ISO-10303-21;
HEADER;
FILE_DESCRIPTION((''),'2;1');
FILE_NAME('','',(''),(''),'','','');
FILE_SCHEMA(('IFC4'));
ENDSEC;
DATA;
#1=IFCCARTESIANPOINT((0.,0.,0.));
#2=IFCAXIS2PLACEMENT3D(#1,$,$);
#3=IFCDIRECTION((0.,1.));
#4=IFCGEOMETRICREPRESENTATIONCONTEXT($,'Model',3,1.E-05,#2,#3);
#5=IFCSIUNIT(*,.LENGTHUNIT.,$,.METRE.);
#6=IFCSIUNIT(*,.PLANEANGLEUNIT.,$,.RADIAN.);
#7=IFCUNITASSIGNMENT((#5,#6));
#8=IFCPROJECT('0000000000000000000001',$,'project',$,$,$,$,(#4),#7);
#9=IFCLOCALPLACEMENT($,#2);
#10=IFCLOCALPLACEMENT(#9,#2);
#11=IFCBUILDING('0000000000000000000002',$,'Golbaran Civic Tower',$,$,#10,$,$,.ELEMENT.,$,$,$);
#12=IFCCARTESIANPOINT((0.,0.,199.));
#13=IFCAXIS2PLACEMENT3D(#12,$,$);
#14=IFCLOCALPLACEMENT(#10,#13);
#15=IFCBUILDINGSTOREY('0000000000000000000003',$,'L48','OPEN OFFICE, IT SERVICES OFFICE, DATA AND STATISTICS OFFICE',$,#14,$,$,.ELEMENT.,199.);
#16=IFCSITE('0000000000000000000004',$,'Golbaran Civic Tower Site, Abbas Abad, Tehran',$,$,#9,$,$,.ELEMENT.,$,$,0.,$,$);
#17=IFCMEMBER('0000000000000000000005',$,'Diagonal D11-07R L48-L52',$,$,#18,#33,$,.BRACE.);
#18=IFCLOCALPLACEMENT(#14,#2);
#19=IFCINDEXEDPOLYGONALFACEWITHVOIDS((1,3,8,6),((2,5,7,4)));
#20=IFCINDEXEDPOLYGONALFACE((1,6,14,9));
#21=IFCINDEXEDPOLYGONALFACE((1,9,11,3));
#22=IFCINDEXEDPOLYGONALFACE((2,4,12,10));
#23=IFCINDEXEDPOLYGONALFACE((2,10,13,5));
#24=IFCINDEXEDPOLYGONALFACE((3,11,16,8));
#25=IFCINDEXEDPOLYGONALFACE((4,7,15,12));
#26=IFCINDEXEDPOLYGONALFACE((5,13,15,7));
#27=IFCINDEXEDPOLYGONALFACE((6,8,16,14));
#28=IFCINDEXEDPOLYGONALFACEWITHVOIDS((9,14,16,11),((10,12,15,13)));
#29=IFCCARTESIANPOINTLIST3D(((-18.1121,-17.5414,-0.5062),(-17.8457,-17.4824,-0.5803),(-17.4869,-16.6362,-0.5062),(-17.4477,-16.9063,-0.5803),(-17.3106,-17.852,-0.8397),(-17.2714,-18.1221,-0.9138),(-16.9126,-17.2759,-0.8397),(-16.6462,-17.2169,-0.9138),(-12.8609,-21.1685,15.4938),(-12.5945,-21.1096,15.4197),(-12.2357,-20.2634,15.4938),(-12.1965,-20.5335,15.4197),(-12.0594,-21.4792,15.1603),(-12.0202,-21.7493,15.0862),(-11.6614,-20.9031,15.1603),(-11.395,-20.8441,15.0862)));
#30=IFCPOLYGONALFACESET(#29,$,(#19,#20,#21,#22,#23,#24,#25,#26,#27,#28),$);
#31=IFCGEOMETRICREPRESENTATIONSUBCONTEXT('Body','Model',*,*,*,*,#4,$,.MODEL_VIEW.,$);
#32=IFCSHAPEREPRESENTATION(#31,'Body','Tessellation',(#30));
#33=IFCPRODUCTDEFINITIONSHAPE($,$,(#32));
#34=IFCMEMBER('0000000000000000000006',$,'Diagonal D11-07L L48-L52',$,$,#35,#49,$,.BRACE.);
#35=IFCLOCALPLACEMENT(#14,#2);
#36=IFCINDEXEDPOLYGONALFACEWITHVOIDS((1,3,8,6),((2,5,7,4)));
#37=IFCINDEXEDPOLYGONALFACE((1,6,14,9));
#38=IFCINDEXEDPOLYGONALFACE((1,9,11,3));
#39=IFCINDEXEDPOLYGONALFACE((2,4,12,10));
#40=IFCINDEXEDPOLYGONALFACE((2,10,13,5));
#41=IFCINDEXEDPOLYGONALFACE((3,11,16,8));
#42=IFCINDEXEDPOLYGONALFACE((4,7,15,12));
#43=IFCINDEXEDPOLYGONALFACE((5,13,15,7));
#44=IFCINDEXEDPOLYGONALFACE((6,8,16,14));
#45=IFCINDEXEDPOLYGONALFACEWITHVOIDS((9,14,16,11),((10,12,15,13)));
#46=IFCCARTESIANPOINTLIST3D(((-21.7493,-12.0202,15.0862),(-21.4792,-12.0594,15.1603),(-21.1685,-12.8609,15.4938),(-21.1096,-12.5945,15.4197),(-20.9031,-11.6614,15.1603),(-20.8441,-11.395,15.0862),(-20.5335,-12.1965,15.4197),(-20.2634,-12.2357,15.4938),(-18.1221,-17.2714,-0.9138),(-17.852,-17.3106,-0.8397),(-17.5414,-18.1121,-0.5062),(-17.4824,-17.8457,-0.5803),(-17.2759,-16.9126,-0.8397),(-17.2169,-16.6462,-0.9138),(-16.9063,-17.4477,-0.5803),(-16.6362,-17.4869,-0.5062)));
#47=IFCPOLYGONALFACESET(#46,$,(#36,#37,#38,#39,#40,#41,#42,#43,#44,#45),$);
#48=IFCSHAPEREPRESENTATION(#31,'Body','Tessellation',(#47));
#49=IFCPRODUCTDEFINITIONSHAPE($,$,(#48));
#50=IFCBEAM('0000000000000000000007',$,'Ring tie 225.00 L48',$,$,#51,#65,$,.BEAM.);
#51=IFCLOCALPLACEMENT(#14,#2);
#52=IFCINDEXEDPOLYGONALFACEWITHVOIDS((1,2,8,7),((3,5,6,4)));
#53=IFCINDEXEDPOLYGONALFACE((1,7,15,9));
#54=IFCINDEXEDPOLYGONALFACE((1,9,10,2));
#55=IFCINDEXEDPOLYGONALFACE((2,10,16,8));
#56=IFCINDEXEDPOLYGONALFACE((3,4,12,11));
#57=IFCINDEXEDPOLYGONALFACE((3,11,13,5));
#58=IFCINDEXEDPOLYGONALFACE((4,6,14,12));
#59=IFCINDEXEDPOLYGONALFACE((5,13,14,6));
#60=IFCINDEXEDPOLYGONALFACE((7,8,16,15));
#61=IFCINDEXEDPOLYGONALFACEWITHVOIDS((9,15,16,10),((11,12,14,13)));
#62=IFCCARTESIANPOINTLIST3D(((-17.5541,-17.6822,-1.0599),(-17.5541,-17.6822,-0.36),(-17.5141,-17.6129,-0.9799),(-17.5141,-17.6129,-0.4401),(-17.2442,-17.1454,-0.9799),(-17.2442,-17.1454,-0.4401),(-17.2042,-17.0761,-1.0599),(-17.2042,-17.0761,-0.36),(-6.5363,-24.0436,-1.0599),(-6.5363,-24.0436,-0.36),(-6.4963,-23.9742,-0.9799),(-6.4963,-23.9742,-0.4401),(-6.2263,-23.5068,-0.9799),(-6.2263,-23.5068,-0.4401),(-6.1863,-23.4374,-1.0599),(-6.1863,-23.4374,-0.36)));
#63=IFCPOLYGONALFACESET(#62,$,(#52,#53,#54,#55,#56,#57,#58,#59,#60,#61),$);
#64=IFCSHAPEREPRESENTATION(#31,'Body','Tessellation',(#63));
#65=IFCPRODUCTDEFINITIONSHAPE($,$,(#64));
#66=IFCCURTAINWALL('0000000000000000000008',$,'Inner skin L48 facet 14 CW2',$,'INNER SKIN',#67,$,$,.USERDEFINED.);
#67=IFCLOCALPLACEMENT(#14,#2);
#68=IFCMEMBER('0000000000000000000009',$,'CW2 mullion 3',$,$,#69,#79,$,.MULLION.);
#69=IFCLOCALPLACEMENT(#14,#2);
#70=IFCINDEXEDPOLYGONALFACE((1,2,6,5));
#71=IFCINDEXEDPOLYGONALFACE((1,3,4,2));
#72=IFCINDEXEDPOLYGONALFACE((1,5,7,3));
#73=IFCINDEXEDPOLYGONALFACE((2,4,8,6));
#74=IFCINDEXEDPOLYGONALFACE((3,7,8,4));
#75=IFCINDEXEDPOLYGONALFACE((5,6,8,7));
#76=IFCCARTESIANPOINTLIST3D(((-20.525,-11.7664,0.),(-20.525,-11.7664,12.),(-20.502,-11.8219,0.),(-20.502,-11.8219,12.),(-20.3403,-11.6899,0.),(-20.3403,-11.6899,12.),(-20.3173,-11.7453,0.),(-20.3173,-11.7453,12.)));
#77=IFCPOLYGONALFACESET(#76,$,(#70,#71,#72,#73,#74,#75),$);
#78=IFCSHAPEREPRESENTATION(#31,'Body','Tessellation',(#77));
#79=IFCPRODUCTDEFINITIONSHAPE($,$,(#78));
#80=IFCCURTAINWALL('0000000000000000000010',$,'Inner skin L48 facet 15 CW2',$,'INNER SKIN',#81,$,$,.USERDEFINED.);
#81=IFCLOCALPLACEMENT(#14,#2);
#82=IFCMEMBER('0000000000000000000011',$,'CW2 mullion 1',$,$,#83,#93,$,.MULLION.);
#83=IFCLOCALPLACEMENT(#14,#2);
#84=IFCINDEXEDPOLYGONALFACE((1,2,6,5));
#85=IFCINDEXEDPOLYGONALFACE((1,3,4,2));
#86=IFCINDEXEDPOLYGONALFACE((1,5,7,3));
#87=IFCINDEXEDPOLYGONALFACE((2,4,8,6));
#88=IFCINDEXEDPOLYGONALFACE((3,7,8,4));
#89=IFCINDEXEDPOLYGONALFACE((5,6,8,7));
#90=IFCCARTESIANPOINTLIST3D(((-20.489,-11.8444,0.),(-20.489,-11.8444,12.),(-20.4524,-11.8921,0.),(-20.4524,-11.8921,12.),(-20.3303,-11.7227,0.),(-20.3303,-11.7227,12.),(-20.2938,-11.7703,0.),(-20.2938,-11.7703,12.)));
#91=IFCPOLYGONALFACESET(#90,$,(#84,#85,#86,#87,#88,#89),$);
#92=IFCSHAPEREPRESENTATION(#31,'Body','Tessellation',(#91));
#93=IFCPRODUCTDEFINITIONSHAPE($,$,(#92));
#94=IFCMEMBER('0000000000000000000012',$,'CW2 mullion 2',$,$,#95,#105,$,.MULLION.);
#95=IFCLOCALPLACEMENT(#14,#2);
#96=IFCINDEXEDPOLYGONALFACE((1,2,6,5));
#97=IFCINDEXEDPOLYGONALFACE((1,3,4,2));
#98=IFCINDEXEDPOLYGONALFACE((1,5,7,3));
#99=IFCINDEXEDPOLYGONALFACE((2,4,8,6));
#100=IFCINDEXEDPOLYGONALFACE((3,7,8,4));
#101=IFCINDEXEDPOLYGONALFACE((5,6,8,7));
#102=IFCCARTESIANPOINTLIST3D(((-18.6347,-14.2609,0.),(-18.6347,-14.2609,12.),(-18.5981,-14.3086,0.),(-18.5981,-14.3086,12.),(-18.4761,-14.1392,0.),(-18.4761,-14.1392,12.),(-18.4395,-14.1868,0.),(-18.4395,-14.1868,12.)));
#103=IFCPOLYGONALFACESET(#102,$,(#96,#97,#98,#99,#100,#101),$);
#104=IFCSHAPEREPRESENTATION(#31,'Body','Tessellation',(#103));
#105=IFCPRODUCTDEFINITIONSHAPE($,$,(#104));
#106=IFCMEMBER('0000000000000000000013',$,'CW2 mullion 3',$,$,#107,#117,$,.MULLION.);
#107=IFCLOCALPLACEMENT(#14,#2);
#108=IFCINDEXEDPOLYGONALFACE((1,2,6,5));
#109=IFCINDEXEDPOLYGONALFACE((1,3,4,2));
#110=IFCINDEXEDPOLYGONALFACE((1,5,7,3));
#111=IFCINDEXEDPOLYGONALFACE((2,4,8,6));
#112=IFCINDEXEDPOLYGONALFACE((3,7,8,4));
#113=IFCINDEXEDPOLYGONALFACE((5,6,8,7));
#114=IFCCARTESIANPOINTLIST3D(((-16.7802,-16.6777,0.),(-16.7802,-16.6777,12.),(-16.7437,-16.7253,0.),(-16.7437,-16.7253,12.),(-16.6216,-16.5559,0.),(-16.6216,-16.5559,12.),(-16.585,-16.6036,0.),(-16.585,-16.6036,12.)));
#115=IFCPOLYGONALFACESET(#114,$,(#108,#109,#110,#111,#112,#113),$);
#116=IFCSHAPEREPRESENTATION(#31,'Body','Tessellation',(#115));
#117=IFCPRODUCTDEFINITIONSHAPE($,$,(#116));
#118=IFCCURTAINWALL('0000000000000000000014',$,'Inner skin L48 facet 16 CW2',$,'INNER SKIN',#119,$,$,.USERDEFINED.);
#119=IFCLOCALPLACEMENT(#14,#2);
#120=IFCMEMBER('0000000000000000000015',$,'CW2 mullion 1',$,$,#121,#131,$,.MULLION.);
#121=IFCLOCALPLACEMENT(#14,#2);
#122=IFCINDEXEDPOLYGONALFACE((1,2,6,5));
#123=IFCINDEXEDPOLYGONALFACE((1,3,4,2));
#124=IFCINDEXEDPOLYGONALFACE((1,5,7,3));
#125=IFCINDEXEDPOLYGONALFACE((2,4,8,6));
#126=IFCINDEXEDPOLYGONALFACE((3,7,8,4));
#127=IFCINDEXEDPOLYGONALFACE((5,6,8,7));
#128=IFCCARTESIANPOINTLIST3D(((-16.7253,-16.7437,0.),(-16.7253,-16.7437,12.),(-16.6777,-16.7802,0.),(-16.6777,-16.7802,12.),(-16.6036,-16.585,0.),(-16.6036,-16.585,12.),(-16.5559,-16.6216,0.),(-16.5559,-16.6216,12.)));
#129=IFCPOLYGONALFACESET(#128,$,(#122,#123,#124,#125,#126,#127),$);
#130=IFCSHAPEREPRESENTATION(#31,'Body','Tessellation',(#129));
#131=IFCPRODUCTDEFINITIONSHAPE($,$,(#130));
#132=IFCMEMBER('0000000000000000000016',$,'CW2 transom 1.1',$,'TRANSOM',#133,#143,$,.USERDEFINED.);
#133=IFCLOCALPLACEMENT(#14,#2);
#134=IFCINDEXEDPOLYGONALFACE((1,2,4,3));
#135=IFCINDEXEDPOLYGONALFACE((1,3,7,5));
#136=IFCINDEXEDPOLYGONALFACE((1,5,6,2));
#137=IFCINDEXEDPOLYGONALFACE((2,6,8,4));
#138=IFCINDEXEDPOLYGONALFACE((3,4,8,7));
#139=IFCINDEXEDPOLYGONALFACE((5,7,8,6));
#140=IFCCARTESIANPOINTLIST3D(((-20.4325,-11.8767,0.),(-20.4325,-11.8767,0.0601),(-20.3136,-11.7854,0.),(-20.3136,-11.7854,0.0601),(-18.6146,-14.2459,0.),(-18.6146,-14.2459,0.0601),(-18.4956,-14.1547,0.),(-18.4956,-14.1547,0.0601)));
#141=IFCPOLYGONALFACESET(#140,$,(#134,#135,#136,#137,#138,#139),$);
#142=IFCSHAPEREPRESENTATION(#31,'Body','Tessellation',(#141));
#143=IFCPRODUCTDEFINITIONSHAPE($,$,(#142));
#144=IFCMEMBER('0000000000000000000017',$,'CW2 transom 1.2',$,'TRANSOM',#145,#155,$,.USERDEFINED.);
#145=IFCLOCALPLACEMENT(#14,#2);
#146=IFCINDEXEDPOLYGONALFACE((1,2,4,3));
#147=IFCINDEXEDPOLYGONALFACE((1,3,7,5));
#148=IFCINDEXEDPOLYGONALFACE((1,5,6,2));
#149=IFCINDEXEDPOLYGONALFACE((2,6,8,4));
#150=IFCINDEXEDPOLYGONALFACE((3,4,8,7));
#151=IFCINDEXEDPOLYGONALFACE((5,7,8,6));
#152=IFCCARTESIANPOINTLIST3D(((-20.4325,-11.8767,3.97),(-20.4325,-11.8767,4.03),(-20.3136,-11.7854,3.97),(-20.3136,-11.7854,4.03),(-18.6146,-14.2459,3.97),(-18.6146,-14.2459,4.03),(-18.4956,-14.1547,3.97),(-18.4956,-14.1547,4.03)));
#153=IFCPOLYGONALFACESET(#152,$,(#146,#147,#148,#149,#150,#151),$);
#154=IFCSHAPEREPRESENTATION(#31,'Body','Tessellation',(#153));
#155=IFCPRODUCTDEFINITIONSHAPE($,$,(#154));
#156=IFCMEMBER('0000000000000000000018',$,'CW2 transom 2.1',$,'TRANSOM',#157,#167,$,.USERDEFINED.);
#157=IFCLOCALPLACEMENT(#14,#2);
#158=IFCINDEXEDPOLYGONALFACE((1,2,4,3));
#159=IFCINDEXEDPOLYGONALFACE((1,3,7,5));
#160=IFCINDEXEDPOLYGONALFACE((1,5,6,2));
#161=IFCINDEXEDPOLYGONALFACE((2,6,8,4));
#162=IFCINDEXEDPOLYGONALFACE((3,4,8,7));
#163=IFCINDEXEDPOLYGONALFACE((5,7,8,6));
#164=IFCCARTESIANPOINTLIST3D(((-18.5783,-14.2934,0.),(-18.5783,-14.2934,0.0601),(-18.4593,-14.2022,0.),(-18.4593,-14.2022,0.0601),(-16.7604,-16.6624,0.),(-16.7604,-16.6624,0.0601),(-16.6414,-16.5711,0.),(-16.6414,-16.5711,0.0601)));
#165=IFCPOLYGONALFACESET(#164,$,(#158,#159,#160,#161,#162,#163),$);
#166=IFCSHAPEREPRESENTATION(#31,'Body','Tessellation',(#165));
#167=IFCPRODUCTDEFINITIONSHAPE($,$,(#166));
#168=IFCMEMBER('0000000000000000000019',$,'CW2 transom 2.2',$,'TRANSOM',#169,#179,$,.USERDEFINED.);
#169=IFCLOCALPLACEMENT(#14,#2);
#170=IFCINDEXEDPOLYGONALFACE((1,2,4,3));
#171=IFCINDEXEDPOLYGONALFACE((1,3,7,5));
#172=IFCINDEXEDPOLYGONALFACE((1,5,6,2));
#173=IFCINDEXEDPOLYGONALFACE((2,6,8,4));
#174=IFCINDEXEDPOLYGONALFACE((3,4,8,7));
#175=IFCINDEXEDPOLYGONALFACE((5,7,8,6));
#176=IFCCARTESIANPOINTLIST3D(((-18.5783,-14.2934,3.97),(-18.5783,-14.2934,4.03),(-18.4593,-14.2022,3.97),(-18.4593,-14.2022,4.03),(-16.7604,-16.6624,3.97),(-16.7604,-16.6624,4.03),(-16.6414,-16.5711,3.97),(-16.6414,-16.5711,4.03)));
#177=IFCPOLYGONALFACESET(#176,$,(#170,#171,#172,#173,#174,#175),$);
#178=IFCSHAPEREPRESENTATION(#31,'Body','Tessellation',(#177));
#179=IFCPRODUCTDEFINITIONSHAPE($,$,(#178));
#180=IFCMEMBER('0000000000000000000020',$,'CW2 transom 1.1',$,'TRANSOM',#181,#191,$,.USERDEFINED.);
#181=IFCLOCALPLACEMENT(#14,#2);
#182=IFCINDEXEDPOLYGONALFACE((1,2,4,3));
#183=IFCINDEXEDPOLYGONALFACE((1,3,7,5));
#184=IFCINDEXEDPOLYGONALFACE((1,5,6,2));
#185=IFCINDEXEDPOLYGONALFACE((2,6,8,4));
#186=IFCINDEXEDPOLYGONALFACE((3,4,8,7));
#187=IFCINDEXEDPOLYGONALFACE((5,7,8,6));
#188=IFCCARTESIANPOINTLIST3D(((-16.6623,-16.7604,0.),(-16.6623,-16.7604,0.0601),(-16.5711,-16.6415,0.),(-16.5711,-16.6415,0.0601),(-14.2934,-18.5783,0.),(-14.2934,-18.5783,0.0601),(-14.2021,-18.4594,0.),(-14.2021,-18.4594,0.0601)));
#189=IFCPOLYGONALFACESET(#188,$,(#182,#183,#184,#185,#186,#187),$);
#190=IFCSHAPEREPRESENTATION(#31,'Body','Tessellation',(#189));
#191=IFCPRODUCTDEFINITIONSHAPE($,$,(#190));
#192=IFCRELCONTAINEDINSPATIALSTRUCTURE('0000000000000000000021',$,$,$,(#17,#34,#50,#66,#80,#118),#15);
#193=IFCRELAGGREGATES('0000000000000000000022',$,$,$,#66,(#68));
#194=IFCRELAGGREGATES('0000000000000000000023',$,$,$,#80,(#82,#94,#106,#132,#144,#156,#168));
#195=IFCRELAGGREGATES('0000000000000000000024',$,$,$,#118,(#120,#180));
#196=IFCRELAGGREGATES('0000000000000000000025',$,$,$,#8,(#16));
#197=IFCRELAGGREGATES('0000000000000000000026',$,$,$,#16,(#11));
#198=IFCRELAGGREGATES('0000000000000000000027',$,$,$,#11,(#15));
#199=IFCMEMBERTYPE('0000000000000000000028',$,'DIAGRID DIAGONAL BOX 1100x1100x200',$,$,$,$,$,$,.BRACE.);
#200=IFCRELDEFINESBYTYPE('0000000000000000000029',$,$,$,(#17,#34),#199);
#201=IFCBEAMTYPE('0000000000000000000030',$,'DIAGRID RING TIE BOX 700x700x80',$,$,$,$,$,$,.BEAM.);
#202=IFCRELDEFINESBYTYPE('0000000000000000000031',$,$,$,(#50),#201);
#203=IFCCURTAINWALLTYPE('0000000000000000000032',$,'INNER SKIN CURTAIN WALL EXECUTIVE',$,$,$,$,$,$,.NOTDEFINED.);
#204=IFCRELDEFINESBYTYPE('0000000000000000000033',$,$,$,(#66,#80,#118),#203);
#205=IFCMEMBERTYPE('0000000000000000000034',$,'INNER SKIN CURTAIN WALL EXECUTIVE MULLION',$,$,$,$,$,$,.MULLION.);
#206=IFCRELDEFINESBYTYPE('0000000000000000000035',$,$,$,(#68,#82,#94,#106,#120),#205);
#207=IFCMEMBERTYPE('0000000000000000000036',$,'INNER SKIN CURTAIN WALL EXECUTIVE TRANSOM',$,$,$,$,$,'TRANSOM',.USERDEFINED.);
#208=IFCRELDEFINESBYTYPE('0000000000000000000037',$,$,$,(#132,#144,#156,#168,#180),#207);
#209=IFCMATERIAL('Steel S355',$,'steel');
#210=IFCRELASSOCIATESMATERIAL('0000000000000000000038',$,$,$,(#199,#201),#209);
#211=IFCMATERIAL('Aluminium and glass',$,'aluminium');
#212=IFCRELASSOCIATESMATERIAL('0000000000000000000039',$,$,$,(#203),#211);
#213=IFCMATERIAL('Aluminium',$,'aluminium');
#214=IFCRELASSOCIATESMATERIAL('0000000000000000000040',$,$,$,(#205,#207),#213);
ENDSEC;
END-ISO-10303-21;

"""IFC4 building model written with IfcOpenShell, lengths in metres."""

from ifc_helpers import new_model, si_unit, direction, frame, origin, origin_2d, place, context, subcontext, project, spatial, rectangle, hollow_rectangle, extrude, material, material_profile, profile_set, type_object, element, aggregate, save


model = new_model("IFC4")

# Units and contexts
model_context = context("Model", 3, precision=1e-05, world=origin(), true_north=direction((0.0, 1.0)))
body_context = subcontext(model_context, "Body", "Model", "MODEL_VIEW")
ifc_project = project(units=[si_unit("LENGTHUNIT", "METRE"), si_unit("PLANEANGLEUNIT", "RADIAN")], contexts=[model_context])

# Site, building, storey
site_placement = place(None, origin())
site = spatial("IfcSite", under=ifc_project, at=site_placement, Name="Golbaran Civic Tower Site, Abbas Abad, Tehran", CompositionType="ELEMENT", RefElevation=0.0)
building_placement = place(site_placement, origin())
building = spatial("IfcBuilding", under=site, at=building_placement, Name="Golbaran Civic Tower", CompositionType="ELEMENT")
storey_placement = place(building_placement, frame((0.0, 0.0, 199.0)))
storey = spatial("IfcBuildingStorey", under=building, at=storey_placement, Name="L48", Description="OPEN OFFICE, IT SERVICES OFFICE, DATA AND STATISTICS OFFICE", CompositionType="ELEMENT", Elevation=199.0)

# Members
ifc_material_1 = material(Name="Steel S355", Category="steel")
ifc_material_profile_1 = material_profile(ifc_material_1, hollow_rectangle(XDim=1.1001, YDim=1.1001, WallThickness=0.2, at=origin_2d()), Name="BOX 1100x1100x200")
ifc_profile_set_1 = profile_set([ifc_material_profile_1], Name="Steel S355")
member_type_1 = type_object("IfcMemberType", Name="DIAGRID DIAGONAL BOX 1100x1100x200", PredefinedType="BRACE", material=ifc_profile_set_1)
for number, where, z_axis, x_axis, name in (
    (1, (-17.3792, -17.3792, -0.71), (0.304844, -0.210566, 0.928834), (0.568334, 0.822798, 0.0), "Diagonal D11-07R L48-L52"),
    (2, (-17.3792, -17.3792, -0.71), (-0.210566, 0.304844, 0.928834), (-0.822798, -0.568334, 0.0), "Diagonal D11-07L L48-L52"),
):
    element("IfcMember", number, at=place(storey_placement, frame(where, z_axis=z_axis, x_axis=x_axis)), inside=storey, type_object=member_type_1, Name=name, PredefinedType="BRACE", context=body_context, shape_type="SweptSolid", body=[
        extrude(hollow_rectangle(XDim=1.1001, YDim=1.1001, WallThickness=0.2, at=origin_2d()), origin(), (0.0, 0.0, 1.0), 17.2258),
    ])

# Beam
ifc_material_profile_2 = material_profile(ifc_material_1, hollow_rectangle(XDim=0.7, YDim=0.7, WallThickness=0.0801, at=origin_2d()), Name="BOX 700x700x80")
ifc_profile_set_2 = profile_set([ifc_material_profile_2], Name="Steel S355")
beam_type = type_object("IfcBeamType", Name="DIAGRID RING TIE BOX 700x700x80", PredefinedType="BEAM", material=ifc_profile_set_2)
beam_placement = place(storey_placement, frame((-17.3792, -17.3792, -0.71), z_axis=(0.866019, -0.500011, 0.0), x_axis=(0.500011, 0.866019, 0.0)))
element("IfcBeam", 3, at=beam_placement, inside=storey, type_object=beam_type, Name="Ring tie 225.00 L48", PredefinedType="BEAM", context=body_context, shape_type="SweptSolid", body=[
    extrude(hollow_rectangle(XDim=0.7, YDim=0.7, WallThickness=0.0801, at=origin_2d()), origin(), (0.0, 0.0, 1.0), 12.7224),
])

# Curtain wall, member
ifc_material_2 = material(Name="Aluminium and glass", Category="aluminium")
curtain_wall_type_1 = type_object("IfcCurtainWallType", Name="INNER SKIN CURTAIN WALL EXECUTIVE", PredefinedType="NOTDEFINED", material=ifc_material_2)
curtain_wall_1_placement = place(storey_placement, origin())
curtain_wall_1 = element("IfcCurtainWall", 4, at=curtain_wall_1_placement, inside=storey, type_object=curtain_wall_type_1, Name="Inner skin L48 facet 14 CW2", ObjectType="INNER SKIN", PredefinedType="USERDEFINED")
ifc_material_3 = material(Name="Aluminium", Category="aluminium")
ifc_material_profile_3 = material_profile(ifc_material_3, rectangle(XDim=0.2, YDim=0.0601, at=origin_2d()), Name="INNER SKIN CURTAIN WALL EXECUTIVE MULLION")
ifc_profile_set_3 = profile_set([ifc_material_profile_3], Name="Aluminium")
member_type_2 = type_object("IfcMemberType", Name="INNER SKIN CURTAIN WALL EXECUTIVE MULLION", PredefinedType="MULLION", material=ifc_profile_set_3)
member_1_placement = place(storey_placement, frame((-20.4211, -11.7559, 0.0), z_axis=(0.0, 0.0, 1.0), x_axis=(0.92388, 0.382683, 0.0)))
member_1 = element("IfcMember", 5, at=member_1_placement, type_object=member_type_2, Name="CW2 mullion 3", PredefinedType="MULLION", context=body_context, shape_type="SweptSolid", body=[
    extrude(rectangle(XDim=0.2, YDim=0.0601, at=origin_2d()), origin(), (0.0, 0.0, 1.0), 12.0),
])

# Curtain wall, members
curtain_wall_2_placement = place(storey_placement, origin())
curtain_wall_2 = element("IfcCurtainWall", 6, at=curtain_wall_2_placement, inside=storey, type_object=curtain_wall_type_1, Name="Inner skin L48 facet 15 CW2", ObjectType="INNER SKIN", PredefinedType="USERDEFINED")
member_2_placement = place(storey_placement, frame((-20.3914, -11.8074, 0.0), z_axis=(0.0, 0.0, 1.0), x_axis=(0.793353, 0.608761, 0.0)))
member_2 = element("IfcMember", 7, at=member_2_placement, type_object=member_type_2, Name="CW2 mullion 1", PredefinedType="MULLION", context=body_context, shape_type="SweptSolid", body=[
    extrude(rectangle(XDim=0.2, YDim=0.0601, at=origin_2d()), origin(), (0.0, 0.0, 1.0), 12.0),
])
member_3_placement = place(storey_placement, frame((-18.5371, -14.2239, 0.0), z_axis=(0.0, 0.0, 1.0), x_axis=(0.793353, 0.608761, 0.0)))
member_3 = element("IfcMember", 8, at=member_3_placement, type_object=member_type_2, Name="CW2 mullion 2", PredefinedType="MULLION", context=body_context, shape_type="SweptSolid", body=[
    extrude(rectangle(XDim=0.2, YDim=0.0601, at=origin_2d()), origin(), (0.0, 0.0, 1.0), 12.0),
])
member_4_placement = place(storey_placement, frame((-16.6826, -16.6406, 0.0), z_axis=(0.0, 0.0, 1.0), x_axis=(0.793353, 0.608761, 0.0)))
member_4 = element("IfcMember", 9, at=member_4_placement, type_object=member_type_2, Name="CW2 mullion 3", PredefinedType="MULLION", context=body_context, shape_type="SweptSolid", body=[
    extrude(rectangle(XDim=0.2, YDim=0.0601, at=origin_2d()), origin(), (0.0, 0.0, 1.0), 12.0),
])

# Curtain wall, member
curtain_wall_3_placement = place(storey_placement, origin())
curtain_wall_3 = element("IfcCurtainWall", 10, at=curtain_wall_3_placement, inside=storey, type_object=curtain_wall_type_1, Name="Inner skin L48 facet 16 CW2", ObjectType="INNER SKIN", PredefinedType="USERDEFINED")
member_5_placement = place(storey_placement, frame((-16.6406, -16.6826, 0.0), z_axis=(0.0, 0.0, 1.0), x_axis=(0.608761, 0.793353, 0.0)))
member_5 = element("IfcMember", 11, at=member_5_placement, type_object=member_type_2, Name="CW2 mullion 1", PredefinedType="MULLION", context=body_context, shape_type="SweptSolid", body=[
    extrude(rectangle(XDim=0.2, YDim=0.0601, at=origin_2d()), origin(), (0.0, 0.0, 1.0), 12.0),
])

# Members
ifc_material_profile_4 = material_profile(ifc_material_3, rectangle(XDim=0.1499, YDim=0.0601, at=origin_2d()), Name="INNER SKIN CURTAIN WALL EXECUTIVE TRANSOM")
ifc_profile_set_4 = profile_set([ifc_material_profile_4], Name="Aluminium")
member_type_3 = type_object("IfcMemberType", Name="INNER SKIN CURTAIN WALL EXECUTIVE TRANSOM", ElementType="TRANSOM", PredefinedType="USERDEFINED", material=ifc_profile_set_4)
member_6_placement = place(storey_placement, frame((-20.373, -11.8311, 0.03), z_axis=(0.608754, -0.793359, 0.0), x_axis=(0.793359, 0.608754, 0.0)))
member_6 = element("IfcMember", 12, at=member_6_placement, type_object=member_type_3, Name="CW2 transom 1.1", ObjectType="TRANSOM", PredefinedType="USERDEFINED", context=body_context, shape_type="SweptSolid", body=[
    extrude(rectangle(XDim=0.1499, YDim=0.0601, at=origin_2d()), origin(), (0.0, 0.0, 1.0), 2.9863),
])
member_7_placement = place(storey_placement, frame((-20.373, -11.8311, 4.0), z_axis=(0.608754, -0.793359, 0.0), x_axis=(0.793359, 0.608754, 0.0)))
member_7 = element("IfcMember", 13, at=member_7_placement, type_object=member_type_3, Name="CW2 transom 1.2", ObjectType="TRANSOM", PredefinedType="USERDEFINED", context=body_context, shape_type="SweptSolid", body=[
    extrude(rectangle(XDim=0.1499, YDim=0.0601, at=origin_2d()), origin(), (0.0, 0.0, 1.0), 2.9863),
])
member_8_placement = place(storey_placement, frame((-18.5188, -14.2478, 0.03), z_axis=(0.608794, -0.793329, 0.0), x_axis=(0.793329, 0.608794, 0.0)))
member_8 = element("IfcMember", 14, at=member_8_placement, type_object=member_type_3, Name="CW2 transom 2.1", ObjectType="TRANSOM", PredefinedType="USERDEFINED", context=body_context, shape_type="SweptSolid", body=[
    extrude(rectangle(XDim=0.1499, YDim=0.0601, at=origin_2d()), origin(), (0.0, 0.0, 1.0), 2.9861),
])
member_9_placement = place(storey_placement, frame((-18.5188, -14.2478, 4.0), z_axis=(0.608794, -0.793329, 0.0), x_axis=(0.793329, 0.608794, 0.0)))
member_9 = element("IfcMember", 15, at=member_9_placement, type_object=member_type_3, Name="CW2 transom 2.2", ObjectType="TRANSOM", PredefinedType="USERDEFINED", context=body_context, shape_type="SweptSolid", body=[
    extrude(rectangle(XDim=0.1499, YDim=0.0601, at=origin_2d()), origin(), (0.0, 0.0, 1.0), 2.9861),
])
member_10_placement = place(storey_placement, frame((-16.6167, -16.7009, 0.03), z_axis=(0.793329, -0.608794, 0.0), x_axis=(0.608794, 0.793329, 0.0)))
member_10 = element("IfcMember", 16, at=member_10_placement, type_object=member_type_3, Name="CW2 transom 1.1", ObjectType="TRANSOM", PredefinedType="USERDEFINED", context=body_context, shape_type="SweptSolid", body=[
    extrude(rectangle(XDim=0.1499, YDim=0.0601, at=origin_2d()), origin(), (0.0, 0.0, 1.0), 2.9861),
])

aggregate(curtain_wall_1, [member_1])
aggregate(curtain_wall_2, [member_2, member_3, member_4, member_6, member_7, member_8, member_9])
aggregate(curtain_wall_3, [member_5, member_10])

save(model, "model.ifc")
